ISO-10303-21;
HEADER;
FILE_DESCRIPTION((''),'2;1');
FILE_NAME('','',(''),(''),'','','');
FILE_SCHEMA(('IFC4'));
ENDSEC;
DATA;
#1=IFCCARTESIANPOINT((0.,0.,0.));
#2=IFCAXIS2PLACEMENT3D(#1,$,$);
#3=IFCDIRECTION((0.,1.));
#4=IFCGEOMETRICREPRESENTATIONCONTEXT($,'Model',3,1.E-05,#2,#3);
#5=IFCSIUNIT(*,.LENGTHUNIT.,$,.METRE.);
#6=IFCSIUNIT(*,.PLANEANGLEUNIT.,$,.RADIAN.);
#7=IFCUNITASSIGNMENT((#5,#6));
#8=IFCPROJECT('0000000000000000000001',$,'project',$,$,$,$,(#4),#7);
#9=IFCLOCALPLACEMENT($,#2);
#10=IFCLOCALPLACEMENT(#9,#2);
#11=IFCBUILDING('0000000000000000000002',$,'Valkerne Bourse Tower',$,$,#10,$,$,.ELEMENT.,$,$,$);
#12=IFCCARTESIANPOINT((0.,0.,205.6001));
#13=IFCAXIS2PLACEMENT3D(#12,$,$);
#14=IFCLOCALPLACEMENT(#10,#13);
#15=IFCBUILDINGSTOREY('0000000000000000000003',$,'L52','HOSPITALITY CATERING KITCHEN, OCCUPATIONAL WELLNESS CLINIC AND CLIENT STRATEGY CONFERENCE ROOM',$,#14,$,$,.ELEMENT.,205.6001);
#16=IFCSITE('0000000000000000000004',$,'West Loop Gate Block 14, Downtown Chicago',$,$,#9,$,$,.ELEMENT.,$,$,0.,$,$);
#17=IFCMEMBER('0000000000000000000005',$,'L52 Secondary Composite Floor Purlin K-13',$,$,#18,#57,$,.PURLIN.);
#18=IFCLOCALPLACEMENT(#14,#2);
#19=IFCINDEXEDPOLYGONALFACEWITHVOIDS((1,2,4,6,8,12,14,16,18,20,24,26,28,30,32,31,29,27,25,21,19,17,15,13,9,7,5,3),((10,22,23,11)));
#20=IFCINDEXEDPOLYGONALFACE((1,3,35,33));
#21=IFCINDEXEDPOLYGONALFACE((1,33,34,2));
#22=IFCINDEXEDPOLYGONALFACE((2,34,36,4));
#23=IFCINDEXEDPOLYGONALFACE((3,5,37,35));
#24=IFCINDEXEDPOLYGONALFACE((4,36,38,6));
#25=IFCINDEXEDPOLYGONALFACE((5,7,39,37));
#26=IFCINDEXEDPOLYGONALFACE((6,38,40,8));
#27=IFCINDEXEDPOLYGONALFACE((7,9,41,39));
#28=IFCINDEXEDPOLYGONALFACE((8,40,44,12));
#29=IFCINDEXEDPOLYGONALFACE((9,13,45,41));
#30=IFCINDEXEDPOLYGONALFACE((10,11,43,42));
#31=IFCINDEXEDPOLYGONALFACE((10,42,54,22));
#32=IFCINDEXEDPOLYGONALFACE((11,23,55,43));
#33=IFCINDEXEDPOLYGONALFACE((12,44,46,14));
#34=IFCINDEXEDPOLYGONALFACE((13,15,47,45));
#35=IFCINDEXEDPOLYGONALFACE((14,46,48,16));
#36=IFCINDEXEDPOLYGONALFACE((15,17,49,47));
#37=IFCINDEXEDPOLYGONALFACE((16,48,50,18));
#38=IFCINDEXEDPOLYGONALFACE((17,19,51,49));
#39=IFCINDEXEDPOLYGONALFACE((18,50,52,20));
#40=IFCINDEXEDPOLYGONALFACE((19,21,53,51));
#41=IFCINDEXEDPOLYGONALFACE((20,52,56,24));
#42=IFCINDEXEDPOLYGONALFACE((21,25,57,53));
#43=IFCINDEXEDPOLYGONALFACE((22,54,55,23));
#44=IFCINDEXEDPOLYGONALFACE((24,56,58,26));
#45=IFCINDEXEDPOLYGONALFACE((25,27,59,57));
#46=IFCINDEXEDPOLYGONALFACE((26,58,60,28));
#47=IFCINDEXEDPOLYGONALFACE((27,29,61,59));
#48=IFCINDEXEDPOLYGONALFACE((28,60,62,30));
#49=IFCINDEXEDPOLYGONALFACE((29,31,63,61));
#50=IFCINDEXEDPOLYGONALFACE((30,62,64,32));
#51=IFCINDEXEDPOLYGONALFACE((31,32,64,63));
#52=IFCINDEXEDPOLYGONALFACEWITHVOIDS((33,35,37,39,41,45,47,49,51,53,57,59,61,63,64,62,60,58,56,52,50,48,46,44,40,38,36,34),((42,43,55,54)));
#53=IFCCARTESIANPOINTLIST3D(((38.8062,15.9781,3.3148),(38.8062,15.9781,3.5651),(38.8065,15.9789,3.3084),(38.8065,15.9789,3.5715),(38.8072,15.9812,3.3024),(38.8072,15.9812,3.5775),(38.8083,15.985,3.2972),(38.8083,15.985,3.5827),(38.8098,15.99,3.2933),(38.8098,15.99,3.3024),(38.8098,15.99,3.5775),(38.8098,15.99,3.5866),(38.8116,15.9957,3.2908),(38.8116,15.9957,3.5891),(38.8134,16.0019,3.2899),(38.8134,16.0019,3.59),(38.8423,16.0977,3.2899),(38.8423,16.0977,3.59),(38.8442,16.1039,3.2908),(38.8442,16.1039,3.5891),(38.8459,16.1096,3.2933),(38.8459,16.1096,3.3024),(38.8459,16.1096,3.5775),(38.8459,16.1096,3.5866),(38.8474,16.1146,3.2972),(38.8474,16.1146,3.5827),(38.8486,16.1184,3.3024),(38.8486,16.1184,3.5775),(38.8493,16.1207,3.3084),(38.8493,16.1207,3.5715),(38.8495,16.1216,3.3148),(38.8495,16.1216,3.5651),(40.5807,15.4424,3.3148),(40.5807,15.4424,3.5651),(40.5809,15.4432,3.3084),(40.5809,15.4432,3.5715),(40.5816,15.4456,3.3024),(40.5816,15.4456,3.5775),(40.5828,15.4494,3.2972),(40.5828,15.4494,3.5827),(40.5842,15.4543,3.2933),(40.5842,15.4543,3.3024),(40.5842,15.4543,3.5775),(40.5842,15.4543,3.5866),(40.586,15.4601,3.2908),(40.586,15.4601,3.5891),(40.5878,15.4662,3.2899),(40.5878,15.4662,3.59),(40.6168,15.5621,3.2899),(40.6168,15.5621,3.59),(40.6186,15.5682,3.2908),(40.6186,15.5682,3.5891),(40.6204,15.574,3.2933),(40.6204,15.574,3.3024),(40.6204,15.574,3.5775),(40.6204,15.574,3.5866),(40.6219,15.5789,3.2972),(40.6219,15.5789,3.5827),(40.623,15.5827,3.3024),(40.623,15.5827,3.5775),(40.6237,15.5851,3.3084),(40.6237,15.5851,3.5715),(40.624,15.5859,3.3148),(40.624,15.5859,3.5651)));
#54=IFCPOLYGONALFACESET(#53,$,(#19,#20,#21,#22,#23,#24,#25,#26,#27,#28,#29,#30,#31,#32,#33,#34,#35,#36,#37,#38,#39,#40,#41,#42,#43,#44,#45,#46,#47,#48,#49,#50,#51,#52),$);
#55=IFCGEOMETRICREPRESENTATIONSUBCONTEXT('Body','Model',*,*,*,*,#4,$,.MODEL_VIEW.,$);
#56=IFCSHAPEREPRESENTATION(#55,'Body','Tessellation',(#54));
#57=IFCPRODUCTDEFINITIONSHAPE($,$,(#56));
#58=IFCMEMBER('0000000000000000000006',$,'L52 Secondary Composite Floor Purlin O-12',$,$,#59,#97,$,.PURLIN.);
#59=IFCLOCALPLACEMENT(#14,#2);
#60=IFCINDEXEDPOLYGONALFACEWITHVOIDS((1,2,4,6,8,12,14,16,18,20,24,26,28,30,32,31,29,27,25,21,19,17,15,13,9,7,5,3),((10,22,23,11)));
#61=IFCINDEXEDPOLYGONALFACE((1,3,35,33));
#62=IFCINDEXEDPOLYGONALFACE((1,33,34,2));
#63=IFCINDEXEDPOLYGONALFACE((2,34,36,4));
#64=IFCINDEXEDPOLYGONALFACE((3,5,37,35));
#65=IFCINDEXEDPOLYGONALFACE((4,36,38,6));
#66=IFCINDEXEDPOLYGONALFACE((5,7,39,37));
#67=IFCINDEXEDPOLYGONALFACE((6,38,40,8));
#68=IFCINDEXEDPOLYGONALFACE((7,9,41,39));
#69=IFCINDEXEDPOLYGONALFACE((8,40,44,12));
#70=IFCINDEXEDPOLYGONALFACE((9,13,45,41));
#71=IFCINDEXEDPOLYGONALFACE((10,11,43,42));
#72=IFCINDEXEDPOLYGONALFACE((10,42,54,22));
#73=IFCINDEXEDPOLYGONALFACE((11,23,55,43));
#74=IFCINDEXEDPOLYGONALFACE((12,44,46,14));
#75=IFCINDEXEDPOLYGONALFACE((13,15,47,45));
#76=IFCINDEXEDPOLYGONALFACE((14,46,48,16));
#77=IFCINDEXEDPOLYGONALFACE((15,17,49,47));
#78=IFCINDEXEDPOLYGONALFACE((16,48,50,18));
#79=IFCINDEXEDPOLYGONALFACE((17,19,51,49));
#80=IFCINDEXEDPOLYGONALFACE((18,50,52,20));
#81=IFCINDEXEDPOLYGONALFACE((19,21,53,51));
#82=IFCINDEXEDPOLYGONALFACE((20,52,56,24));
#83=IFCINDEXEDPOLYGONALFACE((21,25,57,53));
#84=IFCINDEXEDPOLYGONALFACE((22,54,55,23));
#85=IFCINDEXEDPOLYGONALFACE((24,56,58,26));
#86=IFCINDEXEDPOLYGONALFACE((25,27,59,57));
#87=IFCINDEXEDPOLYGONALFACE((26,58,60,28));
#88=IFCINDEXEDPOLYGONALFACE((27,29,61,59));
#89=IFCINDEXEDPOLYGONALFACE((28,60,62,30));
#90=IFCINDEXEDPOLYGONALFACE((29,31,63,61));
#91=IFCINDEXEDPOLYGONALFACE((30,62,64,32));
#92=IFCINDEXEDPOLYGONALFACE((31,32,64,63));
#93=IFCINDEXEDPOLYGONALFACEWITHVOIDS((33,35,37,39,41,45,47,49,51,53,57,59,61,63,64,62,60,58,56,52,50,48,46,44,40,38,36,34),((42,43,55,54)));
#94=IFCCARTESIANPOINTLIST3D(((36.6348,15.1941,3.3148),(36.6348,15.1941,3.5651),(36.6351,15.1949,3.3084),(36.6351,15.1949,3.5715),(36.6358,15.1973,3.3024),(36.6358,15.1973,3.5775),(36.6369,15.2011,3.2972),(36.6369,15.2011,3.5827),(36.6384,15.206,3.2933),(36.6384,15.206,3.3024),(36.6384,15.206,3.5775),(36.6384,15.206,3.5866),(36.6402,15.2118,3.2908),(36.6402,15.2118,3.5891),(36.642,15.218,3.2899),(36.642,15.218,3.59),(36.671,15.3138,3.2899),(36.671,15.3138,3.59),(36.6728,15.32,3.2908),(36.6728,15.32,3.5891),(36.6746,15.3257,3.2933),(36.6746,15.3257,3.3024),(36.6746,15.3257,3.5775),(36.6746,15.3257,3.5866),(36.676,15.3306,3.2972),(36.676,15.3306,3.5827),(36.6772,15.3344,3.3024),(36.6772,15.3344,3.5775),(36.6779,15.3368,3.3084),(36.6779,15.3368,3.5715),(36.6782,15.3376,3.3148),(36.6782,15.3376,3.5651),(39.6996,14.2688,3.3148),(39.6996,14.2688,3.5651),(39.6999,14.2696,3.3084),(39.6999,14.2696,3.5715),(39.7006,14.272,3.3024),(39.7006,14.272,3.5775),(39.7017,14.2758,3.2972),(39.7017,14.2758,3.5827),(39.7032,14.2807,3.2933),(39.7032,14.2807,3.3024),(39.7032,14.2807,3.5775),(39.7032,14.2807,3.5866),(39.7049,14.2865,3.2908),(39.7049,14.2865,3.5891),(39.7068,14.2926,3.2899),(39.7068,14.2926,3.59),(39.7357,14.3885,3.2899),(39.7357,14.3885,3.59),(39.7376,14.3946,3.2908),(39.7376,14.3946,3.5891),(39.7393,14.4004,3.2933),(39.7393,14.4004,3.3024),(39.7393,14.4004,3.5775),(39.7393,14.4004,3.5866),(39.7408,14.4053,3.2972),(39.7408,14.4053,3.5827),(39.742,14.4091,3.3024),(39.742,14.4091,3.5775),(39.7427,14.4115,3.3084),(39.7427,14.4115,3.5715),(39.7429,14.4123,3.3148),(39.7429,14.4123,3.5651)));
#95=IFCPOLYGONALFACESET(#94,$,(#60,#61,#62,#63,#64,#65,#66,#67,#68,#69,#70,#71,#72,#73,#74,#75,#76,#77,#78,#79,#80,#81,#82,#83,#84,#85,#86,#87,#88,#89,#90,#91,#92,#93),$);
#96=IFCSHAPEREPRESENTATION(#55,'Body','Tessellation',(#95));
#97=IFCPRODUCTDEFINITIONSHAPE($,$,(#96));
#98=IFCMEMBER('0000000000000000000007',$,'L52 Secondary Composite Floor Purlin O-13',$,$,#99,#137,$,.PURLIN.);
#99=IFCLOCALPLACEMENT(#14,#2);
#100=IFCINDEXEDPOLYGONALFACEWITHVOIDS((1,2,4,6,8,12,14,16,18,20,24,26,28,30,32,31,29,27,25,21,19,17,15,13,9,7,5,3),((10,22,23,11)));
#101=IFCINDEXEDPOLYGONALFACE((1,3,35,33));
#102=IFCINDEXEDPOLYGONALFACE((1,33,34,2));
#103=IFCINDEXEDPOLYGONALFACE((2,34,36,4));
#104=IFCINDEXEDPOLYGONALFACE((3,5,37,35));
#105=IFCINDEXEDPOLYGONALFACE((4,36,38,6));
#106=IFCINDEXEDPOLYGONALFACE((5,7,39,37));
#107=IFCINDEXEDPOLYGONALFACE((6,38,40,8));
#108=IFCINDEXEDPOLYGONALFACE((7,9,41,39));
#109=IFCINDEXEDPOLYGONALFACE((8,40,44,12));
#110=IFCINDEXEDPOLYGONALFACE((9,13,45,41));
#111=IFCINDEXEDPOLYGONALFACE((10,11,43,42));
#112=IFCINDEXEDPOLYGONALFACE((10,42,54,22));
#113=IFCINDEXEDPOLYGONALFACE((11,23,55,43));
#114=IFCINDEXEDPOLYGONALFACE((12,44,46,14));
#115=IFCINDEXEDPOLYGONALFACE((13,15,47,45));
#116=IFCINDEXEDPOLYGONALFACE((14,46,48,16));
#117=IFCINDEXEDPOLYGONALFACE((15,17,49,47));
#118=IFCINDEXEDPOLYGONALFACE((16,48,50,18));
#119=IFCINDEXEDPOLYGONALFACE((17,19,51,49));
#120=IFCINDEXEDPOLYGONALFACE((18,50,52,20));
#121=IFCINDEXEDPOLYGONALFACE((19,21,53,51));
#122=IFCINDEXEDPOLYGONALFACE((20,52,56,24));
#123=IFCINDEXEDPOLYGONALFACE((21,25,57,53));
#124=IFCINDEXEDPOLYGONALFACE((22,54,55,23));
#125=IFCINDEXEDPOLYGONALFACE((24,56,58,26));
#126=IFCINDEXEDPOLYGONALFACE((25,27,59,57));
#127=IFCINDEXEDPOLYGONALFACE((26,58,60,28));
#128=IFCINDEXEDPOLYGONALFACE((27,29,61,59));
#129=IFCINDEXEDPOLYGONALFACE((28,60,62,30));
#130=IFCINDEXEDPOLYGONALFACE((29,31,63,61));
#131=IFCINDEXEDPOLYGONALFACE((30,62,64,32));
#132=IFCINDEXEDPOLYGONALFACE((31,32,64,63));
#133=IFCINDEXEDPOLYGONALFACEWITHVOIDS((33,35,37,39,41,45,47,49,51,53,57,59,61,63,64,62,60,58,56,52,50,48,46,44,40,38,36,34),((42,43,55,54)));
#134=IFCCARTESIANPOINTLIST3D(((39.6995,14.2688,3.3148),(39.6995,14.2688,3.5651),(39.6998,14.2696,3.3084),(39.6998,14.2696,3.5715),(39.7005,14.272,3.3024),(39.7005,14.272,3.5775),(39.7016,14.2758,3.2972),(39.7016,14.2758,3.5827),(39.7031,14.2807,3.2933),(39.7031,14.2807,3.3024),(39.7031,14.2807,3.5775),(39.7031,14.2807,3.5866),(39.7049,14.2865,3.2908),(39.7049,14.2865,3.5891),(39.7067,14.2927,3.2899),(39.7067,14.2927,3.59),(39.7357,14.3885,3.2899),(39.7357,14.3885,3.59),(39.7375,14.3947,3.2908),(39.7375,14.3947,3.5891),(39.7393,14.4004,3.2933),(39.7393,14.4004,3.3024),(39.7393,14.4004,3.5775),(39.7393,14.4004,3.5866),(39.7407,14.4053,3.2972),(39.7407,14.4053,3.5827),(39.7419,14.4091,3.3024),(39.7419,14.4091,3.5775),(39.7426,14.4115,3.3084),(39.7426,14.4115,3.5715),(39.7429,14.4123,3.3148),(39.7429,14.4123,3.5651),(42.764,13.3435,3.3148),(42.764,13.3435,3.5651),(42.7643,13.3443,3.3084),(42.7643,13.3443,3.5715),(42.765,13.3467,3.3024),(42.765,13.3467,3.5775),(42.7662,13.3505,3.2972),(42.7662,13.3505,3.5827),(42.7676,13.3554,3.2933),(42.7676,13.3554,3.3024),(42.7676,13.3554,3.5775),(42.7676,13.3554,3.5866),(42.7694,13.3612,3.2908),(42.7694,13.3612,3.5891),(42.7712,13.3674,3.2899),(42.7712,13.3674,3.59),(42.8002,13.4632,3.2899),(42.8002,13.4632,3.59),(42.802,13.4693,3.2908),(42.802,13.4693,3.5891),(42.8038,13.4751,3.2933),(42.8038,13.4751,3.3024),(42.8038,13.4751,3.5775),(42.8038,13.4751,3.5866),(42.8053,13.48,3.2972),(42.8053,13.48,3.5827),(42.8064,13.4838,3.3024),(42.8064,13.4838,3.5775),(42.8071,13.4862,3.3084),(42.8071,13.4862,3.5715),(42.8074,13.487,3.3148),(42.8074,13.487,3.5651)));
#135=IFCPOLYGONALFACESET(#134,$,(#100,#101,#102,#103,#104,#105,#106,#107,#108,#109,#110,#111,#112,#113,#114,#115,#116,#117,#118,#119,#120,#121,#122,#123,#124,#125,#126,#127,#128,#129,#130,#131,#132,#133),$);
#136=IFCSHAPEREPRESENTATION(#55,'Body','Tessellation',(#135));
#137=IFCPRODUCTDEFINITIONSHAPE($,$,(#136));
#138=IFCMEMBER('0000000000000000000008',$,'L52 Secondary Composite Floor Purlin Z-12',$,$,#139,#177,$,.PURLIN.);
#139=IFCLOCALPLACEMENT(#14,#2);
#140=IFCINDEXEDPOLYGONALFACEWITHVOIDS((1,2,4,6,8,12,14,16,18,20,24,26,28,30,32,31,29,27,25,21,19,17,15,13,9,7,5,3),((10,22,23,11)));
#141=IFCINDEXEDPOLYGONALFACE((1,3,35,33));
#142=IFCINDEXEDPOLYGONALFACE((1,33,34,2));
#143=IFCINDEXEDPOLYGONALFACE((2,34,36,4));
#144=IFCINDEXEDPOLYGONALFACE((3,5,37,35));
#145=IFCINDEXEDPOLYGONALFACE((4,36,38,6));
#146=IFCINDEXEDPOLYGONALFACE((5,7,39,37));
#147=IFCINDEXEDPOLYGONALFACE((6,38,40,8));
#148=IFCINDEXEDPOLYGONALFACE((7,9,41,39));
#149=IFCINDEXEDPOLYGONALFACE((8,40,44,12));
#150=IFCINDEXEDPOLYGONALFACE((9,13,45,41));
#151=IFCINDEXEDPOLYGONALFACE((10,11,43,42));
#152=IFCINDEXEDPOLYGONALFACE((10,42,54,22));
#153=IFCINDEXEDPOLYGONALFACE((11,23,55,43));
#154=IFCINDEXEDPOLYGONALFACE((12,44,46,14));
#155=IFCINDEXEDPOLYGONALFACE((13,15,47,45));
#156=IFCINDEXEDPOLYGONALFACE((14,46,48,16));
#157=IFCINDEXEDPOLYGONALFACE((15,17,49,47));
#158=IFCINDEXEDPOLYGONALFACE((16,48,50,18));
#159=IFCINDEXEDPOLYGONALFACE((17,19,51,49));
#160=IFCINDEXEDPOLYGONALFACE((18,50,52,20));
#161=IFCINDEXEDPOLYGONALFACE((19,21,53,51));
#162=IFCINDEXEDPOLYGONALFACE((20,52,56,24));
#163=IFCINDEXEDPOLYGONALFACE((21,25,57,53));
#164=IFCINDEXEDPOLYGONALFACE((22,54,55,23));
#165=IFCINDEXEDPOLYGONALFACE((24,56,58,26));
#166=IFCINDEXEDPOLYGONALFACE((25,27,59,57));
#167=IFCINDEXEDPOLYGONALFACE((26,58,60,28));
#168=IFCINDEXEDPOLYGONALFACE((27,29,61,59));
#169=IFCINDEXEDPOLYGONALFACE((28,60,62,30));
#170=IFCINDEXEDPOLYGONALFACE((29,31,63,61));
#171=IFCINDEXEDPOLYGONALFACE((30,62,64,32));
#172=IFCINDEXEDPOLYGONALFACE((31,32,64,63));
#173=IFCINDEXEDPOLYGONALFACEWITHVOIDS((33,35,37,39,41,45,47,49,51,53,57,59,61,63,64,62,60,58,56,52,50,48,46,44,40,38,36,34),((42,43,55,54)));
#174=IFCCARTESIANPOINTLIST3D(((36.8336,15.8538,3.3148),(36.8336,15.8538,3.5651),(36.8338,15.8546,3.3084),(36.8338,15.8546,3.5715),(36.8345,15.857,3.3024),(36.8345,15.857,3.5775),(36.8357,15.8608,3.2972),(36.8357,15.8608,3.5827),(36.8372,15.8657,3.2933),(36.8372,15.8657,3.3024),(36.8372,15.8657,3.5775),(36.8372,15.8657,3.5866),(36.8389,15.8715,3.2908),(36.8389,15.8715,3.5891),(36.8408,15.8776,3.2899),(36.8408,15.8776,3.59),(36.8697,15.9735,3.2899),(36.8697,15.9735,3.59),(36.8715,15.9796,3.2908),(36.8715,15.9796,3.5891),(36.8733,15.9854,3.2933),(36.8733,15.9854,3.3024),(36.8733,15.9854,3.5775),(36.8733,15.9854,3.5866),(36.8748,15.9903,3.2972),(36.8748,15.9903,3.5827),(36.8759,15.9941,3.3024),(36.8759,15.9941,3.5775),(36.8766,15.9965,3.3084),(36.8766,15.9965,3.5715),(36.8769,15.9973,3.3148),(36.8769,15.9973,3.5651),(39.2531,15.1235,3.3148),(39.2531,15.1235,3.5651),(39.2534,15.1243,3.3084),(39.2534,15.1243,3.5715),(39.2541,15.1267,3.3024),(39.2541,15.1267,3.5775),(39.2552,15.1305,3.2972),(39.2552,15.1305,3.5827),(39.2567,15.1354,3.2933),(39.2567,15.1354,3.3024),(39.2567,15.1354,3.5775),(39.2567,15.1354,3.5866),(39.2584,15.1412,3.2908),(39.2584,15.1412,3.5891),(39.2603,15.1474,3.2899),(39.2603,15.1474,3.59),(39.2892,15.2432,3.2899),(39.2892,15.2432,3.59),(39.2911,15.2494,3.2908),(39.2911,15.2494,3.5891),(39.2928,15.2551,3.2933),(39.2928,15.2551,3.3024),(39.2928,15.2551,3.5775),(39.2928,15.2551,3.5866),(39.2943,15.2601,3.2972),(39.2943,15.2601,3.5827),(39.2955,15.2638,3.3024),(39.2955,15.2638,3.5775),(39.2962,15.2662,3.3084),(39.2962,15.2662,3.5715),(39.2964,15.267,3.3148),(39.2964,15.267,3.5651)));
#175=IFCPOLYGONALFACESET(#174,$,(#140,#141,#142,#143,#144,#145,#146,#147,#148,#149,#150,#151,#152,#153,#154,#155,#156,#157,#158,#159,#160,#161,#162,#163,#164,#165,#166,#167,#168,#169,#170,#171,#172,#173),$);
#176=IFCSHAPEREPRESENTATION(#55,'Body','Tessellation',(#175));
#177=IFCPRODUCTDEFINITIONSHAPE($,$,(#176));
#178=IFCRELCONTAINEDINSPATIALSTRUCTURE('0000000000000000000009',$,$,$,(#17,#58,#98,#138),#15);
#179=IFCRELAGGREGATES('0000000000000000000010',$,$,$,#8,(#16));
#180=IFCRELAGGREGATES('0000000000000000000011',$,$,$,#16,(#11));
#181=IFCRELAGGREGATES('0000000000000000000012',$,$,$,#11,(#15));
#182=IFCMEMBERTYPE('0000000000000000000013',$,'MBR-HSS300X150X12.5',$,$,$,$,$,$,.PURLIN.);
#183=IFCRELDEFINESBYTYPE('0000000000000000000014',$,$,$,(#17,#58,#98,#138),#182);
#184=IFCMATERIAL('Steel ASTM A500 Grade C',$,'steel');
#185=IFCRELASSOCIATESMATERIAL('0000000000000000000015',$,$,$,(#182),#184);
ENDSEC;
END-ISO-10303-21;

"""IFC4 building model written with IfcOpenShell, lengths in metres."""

from ifc_helpers import new_model, si_unit, direction, frame, origin, origin_2d, place, context, subcontext, project, spatial, hollow_rectangle, extrude, material, material_profile, profile_set, type_object, element, save


model = new_model("IFC4")

# Units and contexts
model_context = context("Model", 3, precision=1e-05, world=origin(), true_north=direction((0.0, 1.0)))
body_context = subcontext(model_context, "Body", "Model", "MODEL_VIEW")
ifc_project = project(units=[si_unit("LENGTHUNIT", "METRE"), si_unit("PLANEANGLEUNIT", "RADIAN")], contexts=[model_context])

# Site, building, storey
site_placement = place(None, origin())
site = spatial("IfcSite", under=ifc_project, at=site_placement, Name="West Loop Gate Block 14, Downtown Chicago", CompositionType="ELEMENT", RefElevation=0.0)
building_placement = place(site_placement, origin())
building = spatial("IfcBuilding", under=site, at=building_placement, Name="Valkerne Bourse Tower", CompositionType="ELEMENT")
storey_placement = place(building_placement, frame((0.0, 0.0, 205.6001)))
storey = spatial("IfcBuildingStorey", under=building, at=storey_placement, Name="L52", Description="HOSPITALITY CATERING KITCHEN, OCCUPATIONAL WELLNESS CLINIC AND CLIENT STRATEGY CONFERENCE ROOM", CompositionType="ELEMENT", Elevation=205.6001)

# Members
ifc_material_1 = material(Name="Steel ASTM A500 Grade C", Category="steel")
ifc_material_profile_1 = material_profile(ifc_material_1, hollow_rectangle(XDim=0.1499, YDim=0.3, WallThickness=0.0125, OuterFilletRadius=0.0249, at=origin_2d()), Name="HSS300X150X12.5")
ifc_profile_set_1 = profile_set([ifc_material_profile_1], Name="Steel ASTM A500 Grade C")
member_type_1 = type_object("IfcMemberType", Name="MBR-HSS300X150X12.5", PredefinedType="PURLIN", material=ifc_profile_set_1)
member_1_placement = place(storey_placement, frame((38.8279, 16.0498, 3.4399), z_axis=(0.957332, -0.288991, 0.0), x_axis=(0.288991, 0.957332, 0.0)))
element("IfcMember", 1, at=member_1_placement, inside=storey, type_object=member_type_1, Name="L52 Secondary Composite Floor Purlin K-13", PredefinedType="PURLIN", context=body_context, shape_type="SweptSolid", body=[
    extrude(hollow_rectangle(XDim=0.1499, YDim=0.3, WallThickness=0.0125, OuterFilletRadius=0.0249, at=origin_2d()), origin(), (0.0, 0.0, 1.0), 1.8535),
])
member_2_placement = place(storey_placement, frame((36.6565, 15.2659, 3.4399), z_axis=(0.957319, -0.289034, 0.0), x_axis=(0.289034, 0.957319, 0.0)))
element("IfcMember", 2, at=member_2_placement, inside=storey, type_object=member_type_1, Name="L52 Secondary Composite Floor Purlin O-12", PredefinedType="PURLIN", context=body_context, shape_type="SweptSolid", body=[
    extrude(hollow_rectangle(XDim=0.1499, YDim=0.3, WallThickness=0.0125, OuterFilletRadius=0.0249, at=origin_2d()), origin(), (0.0, 0.0, 1.0), 3.2014),
])
member_3_placement = place(storey_placement, frame((39.7212, 14.3406, 3.4399), z_axis=(0.957313, -0.289055, 0.0), x_axis=(0.289055, 0.957313, 0.0)))
element("IfcMember", 3, at=member_3_placement, inside=storey, type_object=member_type_1, Name="L52 Secondary Composite Floor Purlin O-13", PredefinedType="PURLIN", context=body_context, shape_type="SweptSolid", body=[
    extrude(hollow_rectangle(XDim=0.1499, YDim=0.3, WallThickness=0.0125, OuterFilletRadius=0.0249, at=origin_2d()), origin(), (0.0, 0.0, 1.0), 3.2012),
])
member_4_placement = place(storey_placement, frame((36.8552, 15.9255, 3.4399), z_axis=(0.957346, -0.288943, 0.0), x_axis=(0.288943, 0.957346, 0.0)))
element("IfcMember", 4, at=member_4_placement, inside=storey, type_object=member_type_1, Name="L52 Secondary Composite Floor Purlin Z-12", PredefinedType="PURLIN", context=body_context, shape_type="SweptSolid", body=[
    extrude(hollow_rectangle(XDim=0.1499, YDim=0.3, WallThickness=0.0125, OuterFilletRadius=0.0249, at=origin_2d()), origin(), (0.0, 0.0, 1.0), 2.5273),
])

save(model, "model.ifc")
